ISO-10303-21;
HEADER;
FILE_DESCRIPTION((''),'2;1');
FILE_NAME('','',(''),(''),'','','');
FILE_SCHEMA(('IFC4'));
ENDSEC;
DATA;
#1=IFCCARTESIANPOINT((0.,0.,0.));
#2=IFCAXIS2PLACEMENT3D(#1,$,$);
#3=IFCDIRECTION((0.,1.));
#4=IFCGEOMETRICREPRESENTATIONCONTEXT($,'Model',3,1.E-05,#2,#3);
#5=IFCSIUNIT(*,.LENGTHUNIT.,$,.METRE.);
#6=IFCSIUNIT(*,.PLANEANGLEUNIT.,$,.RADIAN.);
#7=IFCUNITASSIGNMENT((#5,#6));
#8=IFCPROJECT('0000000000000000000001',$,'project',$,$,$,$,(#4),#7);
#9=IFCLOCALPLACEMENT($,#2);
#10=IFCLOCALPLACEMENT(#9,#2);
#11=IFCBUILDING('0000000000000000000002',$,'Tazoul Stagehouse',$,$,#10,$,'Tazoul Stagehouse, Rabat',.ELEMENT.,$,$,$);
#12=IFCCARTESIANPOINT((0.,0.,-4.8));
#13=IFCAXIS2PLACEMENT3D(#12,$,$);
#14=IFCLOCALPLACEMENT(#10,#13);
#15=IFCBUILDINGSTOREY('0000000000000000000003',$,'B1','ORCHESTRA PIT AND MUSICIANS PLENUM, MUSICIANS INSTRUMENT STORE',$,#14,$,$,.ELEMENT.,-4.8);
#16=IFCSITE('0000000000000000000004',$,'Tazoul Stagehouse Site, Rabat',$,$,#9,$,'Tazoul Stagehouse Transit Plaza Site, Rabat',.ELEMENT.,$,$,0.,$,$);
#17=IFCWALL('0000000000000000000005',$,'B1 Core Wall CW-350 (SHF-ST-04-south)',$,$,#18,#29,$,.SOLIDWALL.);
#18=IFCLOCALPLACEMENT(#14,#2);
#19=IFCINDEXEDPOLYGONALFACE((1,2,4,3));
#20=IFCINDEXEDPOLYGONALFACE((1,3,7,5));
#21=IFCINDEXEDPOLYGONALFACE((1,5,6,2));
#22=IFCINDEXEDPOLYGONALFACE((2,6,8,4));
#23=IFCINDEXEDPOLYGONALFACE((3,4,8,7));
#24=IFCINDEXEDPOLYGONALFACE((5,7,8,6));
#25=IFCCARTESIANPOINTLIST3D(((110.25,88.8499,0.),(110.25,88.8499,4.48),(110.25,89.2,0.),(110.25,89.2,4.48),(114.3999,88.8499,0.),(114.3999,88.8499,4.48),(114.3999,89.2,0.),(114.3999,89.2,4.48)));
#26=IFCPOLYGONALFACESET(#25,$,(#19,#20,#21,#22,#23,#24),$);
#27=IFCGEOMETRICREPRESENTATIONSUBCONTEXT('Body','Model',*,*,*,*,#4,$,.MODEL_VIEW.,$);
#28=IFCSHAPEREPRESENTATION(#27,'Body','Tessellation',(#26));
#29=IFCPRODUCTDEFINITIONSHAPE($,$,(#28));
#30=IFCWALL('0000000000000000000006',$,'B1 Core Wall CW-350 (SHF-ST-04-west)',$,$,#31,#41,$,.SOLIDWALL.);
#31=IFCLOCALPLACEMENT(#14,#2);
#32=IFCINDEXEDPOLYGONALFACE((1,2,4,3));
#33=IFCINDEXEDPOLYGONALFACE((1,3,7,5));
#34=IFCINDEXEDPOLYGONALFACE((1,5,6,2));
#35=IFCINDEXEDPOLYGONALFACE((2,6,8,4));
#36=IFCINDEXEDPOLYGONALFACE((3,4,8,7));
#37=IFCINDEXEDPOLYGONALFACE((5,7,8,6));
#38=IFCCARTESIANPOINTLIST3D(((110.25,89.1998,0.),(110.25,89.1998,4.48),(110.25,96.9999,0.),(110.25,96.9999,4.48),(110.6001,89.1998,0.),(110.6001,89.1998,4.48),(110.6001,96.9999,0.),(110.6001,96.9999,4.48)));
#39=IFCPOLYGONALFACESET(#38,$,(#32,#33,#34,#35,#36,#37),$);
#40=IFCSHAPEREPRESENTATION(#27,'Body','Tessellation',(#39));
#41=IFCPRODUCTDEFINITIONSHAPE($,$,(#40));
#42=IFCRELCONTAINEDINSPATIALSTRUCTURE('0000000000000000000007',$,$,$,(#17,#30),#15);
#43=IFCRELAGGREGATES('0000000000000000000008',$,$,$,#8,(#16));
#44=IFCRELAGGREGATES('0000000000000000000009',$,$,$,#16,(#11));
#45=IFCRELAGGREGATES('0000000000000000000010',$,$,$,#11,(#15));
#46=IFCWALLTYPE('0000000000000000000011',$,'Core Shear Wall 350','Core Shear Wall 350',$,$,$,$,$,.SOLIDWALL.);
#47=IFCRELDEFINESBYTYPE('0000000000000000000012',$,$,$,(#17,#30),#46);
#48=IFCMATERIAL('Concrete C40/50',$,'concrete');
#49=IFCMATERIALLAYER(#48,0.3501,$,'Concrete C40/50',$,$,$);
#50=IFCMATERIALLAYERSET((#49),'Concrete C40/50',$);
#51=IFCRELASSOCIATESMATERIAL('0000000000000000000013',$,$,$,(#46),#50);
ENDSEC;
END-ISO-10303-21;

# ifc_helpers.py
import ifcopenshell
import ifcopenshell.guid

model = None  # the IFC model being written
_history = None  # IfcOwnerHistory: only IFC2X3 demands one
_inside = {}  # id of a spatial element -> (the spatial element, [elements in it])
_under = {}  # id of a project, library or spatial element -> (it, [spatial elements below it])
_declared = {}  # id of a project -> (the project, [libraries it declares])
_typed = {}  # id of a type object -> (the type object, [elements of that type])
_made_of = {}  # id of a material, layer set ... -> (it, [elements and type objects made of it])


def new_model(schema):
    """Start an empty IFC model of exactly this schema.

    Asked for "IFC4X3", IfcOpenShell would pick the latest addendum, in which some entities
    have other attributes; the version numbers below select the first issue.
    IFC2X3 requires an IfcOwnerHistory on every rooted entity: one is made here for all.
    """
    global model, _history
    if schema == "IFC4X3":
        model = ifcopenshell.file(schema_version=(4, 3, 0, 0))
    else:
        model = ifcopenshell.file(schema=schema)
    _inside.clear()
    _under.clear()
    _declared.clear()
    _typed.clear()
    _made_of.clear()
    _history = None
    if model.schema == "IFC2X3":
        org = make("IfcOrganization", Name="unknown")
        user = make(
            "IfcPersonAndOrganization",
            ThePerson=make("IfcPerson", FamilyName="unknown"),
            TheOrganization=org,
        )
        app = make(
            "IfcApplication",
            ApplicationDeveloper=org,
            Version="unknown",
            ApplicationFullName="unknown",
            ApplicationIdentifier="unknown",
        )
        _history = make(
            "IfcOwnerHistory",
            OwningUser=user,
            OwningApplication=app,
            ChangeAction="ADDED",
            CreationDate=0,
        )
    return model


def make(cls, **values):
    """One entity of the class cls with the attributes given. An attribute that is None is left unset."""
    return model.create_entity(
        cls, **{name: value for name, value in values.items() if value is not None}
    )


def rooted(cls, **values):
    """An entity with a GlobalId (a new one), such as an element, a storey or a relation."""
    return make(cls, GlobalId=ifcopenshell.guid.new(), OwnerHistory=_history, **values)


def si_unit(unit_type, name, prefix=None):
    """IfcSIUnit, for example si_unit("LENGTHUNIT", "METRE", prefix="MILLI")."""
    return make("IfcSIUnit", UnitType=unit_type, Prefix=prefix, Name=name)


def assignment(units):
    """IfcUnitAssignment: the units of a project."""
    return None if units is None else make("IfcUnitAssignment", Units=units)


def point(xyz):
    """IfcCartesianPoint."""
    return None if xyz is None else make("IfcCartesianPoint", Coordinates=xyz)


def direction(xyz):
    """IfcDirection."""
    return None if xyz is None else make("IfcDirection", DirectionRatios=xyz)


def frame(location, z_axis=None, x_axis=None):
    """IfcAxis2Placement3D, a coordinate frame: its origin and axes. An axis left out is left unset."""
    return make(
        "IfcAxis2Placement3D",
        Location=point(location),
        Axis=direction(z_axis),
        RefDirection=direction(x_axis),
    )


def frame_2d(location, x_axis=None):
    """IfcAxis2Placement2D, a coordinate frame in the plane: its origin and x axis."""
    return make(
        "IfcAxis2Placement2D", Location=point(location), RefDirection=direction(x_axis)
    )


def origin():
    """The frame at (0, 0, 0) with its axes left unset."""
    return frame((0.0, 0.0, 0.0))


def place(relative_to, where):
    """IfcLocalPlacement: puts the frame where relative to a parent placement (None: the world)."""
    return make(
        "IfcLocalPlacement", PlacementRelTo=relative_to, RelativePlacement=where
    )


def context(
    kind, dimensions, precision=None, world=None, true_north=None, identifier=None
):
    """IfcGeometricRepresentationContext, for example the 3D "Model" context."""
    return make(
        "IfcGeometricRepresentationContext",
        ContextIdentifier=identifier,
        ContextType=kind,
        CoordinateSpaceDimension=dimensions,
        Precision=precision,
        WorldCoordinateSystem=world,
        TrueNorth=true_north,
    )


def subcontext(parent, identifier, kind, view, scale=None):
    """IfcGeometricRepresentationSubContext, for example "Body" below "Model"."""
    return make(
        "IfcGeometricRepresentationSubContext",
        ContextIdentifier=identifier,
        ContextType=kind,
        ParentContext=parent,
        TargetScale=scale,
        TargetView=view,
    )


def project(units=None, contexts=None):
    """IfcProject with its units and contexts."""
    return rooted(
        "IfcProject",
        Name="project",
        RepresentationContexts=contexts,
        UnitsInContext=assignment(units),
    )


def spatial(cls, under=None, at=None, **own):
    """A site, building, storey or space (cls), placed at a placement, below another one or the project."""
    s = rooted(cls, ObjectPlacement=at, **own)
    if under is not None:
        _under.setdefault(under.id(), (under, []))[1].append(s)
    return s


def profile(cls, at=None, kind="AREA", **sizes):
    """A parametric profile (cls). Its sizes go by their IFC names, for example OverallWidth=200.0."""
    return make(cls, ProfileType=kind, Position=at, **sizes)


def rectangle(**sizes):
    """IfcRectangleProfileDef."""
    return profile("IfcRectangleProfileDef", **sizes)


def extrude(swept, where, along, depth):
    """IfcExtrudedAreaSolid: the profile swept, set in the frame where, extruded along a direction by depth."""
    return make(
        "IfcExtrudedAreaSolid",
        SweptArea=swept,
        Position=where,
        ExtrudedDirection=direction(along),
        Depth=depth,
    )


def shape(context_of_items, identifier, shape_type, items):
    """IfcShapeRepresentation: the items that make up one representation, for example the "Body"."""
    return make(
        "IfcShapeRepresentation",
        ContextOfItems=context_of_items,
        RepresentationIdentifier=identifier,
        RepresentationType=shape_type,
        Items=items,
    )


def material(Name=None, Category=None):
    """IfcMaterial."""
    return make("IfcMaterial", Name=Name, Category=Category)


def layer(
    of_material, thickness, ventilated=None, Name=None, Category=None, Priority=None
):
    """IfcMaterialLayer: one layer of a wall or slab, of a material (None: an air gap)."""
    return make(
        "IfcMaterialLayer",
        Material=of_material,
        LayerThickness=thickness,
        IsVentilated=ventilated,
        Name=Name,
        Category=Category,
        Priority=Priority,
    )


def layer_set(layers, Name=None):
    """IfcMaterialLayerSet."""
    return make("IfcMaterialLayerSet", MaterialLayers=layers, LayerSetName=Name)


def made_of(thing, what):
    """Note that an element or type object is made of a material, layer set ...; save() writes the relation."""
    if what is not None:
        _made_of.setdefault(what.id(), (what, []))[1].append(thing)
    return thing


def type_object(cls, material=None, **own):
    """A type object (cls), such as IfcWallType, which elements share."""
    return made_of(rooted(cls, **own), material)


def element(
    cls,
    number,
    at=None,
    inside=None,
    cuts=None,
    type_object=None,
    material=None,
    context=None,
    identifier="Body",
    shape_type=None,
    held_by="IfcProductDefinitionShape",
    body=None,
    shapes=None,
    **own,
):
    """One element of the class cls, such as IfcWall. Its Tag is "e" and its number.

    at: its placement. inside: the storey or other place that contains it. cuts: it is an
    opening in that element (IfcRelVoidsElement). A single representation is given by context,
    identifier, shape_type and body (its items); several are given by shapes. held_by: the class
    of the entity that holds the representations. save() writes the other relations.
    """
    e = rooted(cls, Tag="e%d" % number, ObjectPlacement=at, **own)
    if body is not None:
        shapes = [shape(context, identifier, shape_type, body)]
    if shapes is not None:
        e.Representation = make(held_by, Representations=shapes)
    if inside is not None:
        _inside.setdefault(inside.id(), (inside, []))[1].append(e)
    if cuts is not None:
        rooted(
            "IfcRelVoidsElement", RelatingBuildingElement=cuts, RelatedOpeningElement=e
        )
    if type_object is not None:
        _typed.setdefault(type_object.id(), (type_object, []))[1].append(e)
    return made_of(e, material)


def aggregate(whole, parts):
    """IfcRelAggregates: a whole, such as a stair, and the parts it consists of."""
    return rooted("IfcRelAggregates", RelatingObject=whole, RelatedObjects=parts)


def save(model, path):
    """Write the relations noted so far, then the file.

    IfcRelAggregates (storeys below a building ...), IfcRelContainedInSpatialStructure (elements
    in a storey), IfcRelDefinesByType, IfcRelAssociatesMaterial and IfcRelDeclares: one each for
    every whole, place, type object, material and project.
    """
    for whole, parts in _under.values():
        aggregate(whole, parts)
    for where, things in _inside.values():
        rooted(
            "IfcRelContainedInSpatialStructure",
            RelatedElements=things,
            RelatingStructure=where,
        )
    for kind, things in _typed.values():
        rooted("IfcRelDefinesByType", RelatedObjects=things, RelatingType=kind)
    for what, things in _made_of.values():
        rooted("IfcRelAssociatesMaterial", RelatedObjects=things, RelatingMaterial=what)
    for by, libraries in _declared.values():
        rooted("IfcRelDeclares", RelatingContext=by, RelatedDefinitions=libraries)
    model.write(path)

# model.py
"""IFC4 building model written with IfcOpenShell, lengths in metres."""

from ifc_helpers import new_model, si_unit, direction, frame, frame_2d, origin, place, context, subcontext, project, spatial, rectangle, extrude, material, layer, layer_set, type_object, element, save


model = new_model("IFC4")

# Units and contexts
model_context = context("Model", 3, precision=1e-05, world=origin(), true_north=direction((0.0, 1.0)))
body_context = subcontext(model_context, "Body", "Model", "MODEL_VIEW")
ifc_project = project(units=[si_unit("LENGTHUNIT", "METRE"), si_unit("PLANEANGLEUNIT", "RADIAN")], contexts=[model_context])

# Site, building, storey
site_placement = place(None, origin())
site = spatial("IfcSite", under=ifc_project, at=site_placement, Name="Tazoul Stagehouse Site, Rabat", LongName="Tazoul Stagehouse Transit Plaza Site, Rabat", CompositionType="ELEMENT", RefElevation=0.0)
building_placement = place(site_placement, origin())
building = spatial("IfcBuilding", under=site, at=building_placement, Name="Tazoul Stagehouse", LongName="Tazoul Stagehouse, Rabat", CompositionType="ELEMENT")
storey_placement = place(building_placement, frame((0.0, 0.0, -4.8)))
storey = spatial("IfcBuildingStorey", under=building, at=storey_placement, Name="B1", Description="ORCHESTRA PIT AND MUSICIANS PLENUM, MUSICIANS INSTRUMENT STORE", CompositionType="ELEMENT", Elevation=-4.8)

# Shared definitions
ifc_material_1 = material(Name="Concrete C40/50", Category="concrete")

# Walls
ifc_layer_1 = layer(ifc_material_1, 0.3501, Name="Concrete C40/50")
ifc_layer_set_1 = layer_set([ifc_layer_1], Name="Concrete C40/50")
wall_type_1 = type_object("IfcWallType", Name="Core Shear Wall 350", Description="Core Shear Wall 350", PredefinedType="SOLIDWALL", material=ifc_layer_set_1)
wall_1_placement = place(storey_placement, frame((114.3999, 89.0249, 0.0), z_axis=(0.0, 0.0, 1.0), x_axis=(-1.0, 0.0, 0.0)))
element("IfcWall", 1, at=wall_1_placement, inside=storey, type_object=wall_type_1, Name="B1 Core Wall CW-350 (SHF-ST-04-south)", PredefinedType="SOLIDWALL", context=body_context, shape_type="SweptSolid", body=[
    extrude(rectangle(XDim=4.1499, YDim=0.3501, at=frame_2d((2.075, 0.0))), origin(), (0.0, 0.0, 1.0), 4.48),
])
wall_2_placement = place(storey_placement, frame((110.425, 89.2, 0.0), z_axis=(0.0, 0.0, 1.0), x_axis=(0.0, 1.0, 0.0)))
element("IfcWall", 2, at=wall_2_placement, inside=storey, type_object=wall_type_1, Name="B1 Core Wall CW-350 (SHF-ST-04-west)", PredefinedType="SOLIDWALL", context=body_context, shape_type="SweptSolid", body=[
    extrude(rectangle(XDim=7.8, YDim=0.3501, at=frame_2d((3.8999, 0.0))), origin(), (0.0, 0.0, 1.0), 4.48),
])

save(model, "model.ifc")
